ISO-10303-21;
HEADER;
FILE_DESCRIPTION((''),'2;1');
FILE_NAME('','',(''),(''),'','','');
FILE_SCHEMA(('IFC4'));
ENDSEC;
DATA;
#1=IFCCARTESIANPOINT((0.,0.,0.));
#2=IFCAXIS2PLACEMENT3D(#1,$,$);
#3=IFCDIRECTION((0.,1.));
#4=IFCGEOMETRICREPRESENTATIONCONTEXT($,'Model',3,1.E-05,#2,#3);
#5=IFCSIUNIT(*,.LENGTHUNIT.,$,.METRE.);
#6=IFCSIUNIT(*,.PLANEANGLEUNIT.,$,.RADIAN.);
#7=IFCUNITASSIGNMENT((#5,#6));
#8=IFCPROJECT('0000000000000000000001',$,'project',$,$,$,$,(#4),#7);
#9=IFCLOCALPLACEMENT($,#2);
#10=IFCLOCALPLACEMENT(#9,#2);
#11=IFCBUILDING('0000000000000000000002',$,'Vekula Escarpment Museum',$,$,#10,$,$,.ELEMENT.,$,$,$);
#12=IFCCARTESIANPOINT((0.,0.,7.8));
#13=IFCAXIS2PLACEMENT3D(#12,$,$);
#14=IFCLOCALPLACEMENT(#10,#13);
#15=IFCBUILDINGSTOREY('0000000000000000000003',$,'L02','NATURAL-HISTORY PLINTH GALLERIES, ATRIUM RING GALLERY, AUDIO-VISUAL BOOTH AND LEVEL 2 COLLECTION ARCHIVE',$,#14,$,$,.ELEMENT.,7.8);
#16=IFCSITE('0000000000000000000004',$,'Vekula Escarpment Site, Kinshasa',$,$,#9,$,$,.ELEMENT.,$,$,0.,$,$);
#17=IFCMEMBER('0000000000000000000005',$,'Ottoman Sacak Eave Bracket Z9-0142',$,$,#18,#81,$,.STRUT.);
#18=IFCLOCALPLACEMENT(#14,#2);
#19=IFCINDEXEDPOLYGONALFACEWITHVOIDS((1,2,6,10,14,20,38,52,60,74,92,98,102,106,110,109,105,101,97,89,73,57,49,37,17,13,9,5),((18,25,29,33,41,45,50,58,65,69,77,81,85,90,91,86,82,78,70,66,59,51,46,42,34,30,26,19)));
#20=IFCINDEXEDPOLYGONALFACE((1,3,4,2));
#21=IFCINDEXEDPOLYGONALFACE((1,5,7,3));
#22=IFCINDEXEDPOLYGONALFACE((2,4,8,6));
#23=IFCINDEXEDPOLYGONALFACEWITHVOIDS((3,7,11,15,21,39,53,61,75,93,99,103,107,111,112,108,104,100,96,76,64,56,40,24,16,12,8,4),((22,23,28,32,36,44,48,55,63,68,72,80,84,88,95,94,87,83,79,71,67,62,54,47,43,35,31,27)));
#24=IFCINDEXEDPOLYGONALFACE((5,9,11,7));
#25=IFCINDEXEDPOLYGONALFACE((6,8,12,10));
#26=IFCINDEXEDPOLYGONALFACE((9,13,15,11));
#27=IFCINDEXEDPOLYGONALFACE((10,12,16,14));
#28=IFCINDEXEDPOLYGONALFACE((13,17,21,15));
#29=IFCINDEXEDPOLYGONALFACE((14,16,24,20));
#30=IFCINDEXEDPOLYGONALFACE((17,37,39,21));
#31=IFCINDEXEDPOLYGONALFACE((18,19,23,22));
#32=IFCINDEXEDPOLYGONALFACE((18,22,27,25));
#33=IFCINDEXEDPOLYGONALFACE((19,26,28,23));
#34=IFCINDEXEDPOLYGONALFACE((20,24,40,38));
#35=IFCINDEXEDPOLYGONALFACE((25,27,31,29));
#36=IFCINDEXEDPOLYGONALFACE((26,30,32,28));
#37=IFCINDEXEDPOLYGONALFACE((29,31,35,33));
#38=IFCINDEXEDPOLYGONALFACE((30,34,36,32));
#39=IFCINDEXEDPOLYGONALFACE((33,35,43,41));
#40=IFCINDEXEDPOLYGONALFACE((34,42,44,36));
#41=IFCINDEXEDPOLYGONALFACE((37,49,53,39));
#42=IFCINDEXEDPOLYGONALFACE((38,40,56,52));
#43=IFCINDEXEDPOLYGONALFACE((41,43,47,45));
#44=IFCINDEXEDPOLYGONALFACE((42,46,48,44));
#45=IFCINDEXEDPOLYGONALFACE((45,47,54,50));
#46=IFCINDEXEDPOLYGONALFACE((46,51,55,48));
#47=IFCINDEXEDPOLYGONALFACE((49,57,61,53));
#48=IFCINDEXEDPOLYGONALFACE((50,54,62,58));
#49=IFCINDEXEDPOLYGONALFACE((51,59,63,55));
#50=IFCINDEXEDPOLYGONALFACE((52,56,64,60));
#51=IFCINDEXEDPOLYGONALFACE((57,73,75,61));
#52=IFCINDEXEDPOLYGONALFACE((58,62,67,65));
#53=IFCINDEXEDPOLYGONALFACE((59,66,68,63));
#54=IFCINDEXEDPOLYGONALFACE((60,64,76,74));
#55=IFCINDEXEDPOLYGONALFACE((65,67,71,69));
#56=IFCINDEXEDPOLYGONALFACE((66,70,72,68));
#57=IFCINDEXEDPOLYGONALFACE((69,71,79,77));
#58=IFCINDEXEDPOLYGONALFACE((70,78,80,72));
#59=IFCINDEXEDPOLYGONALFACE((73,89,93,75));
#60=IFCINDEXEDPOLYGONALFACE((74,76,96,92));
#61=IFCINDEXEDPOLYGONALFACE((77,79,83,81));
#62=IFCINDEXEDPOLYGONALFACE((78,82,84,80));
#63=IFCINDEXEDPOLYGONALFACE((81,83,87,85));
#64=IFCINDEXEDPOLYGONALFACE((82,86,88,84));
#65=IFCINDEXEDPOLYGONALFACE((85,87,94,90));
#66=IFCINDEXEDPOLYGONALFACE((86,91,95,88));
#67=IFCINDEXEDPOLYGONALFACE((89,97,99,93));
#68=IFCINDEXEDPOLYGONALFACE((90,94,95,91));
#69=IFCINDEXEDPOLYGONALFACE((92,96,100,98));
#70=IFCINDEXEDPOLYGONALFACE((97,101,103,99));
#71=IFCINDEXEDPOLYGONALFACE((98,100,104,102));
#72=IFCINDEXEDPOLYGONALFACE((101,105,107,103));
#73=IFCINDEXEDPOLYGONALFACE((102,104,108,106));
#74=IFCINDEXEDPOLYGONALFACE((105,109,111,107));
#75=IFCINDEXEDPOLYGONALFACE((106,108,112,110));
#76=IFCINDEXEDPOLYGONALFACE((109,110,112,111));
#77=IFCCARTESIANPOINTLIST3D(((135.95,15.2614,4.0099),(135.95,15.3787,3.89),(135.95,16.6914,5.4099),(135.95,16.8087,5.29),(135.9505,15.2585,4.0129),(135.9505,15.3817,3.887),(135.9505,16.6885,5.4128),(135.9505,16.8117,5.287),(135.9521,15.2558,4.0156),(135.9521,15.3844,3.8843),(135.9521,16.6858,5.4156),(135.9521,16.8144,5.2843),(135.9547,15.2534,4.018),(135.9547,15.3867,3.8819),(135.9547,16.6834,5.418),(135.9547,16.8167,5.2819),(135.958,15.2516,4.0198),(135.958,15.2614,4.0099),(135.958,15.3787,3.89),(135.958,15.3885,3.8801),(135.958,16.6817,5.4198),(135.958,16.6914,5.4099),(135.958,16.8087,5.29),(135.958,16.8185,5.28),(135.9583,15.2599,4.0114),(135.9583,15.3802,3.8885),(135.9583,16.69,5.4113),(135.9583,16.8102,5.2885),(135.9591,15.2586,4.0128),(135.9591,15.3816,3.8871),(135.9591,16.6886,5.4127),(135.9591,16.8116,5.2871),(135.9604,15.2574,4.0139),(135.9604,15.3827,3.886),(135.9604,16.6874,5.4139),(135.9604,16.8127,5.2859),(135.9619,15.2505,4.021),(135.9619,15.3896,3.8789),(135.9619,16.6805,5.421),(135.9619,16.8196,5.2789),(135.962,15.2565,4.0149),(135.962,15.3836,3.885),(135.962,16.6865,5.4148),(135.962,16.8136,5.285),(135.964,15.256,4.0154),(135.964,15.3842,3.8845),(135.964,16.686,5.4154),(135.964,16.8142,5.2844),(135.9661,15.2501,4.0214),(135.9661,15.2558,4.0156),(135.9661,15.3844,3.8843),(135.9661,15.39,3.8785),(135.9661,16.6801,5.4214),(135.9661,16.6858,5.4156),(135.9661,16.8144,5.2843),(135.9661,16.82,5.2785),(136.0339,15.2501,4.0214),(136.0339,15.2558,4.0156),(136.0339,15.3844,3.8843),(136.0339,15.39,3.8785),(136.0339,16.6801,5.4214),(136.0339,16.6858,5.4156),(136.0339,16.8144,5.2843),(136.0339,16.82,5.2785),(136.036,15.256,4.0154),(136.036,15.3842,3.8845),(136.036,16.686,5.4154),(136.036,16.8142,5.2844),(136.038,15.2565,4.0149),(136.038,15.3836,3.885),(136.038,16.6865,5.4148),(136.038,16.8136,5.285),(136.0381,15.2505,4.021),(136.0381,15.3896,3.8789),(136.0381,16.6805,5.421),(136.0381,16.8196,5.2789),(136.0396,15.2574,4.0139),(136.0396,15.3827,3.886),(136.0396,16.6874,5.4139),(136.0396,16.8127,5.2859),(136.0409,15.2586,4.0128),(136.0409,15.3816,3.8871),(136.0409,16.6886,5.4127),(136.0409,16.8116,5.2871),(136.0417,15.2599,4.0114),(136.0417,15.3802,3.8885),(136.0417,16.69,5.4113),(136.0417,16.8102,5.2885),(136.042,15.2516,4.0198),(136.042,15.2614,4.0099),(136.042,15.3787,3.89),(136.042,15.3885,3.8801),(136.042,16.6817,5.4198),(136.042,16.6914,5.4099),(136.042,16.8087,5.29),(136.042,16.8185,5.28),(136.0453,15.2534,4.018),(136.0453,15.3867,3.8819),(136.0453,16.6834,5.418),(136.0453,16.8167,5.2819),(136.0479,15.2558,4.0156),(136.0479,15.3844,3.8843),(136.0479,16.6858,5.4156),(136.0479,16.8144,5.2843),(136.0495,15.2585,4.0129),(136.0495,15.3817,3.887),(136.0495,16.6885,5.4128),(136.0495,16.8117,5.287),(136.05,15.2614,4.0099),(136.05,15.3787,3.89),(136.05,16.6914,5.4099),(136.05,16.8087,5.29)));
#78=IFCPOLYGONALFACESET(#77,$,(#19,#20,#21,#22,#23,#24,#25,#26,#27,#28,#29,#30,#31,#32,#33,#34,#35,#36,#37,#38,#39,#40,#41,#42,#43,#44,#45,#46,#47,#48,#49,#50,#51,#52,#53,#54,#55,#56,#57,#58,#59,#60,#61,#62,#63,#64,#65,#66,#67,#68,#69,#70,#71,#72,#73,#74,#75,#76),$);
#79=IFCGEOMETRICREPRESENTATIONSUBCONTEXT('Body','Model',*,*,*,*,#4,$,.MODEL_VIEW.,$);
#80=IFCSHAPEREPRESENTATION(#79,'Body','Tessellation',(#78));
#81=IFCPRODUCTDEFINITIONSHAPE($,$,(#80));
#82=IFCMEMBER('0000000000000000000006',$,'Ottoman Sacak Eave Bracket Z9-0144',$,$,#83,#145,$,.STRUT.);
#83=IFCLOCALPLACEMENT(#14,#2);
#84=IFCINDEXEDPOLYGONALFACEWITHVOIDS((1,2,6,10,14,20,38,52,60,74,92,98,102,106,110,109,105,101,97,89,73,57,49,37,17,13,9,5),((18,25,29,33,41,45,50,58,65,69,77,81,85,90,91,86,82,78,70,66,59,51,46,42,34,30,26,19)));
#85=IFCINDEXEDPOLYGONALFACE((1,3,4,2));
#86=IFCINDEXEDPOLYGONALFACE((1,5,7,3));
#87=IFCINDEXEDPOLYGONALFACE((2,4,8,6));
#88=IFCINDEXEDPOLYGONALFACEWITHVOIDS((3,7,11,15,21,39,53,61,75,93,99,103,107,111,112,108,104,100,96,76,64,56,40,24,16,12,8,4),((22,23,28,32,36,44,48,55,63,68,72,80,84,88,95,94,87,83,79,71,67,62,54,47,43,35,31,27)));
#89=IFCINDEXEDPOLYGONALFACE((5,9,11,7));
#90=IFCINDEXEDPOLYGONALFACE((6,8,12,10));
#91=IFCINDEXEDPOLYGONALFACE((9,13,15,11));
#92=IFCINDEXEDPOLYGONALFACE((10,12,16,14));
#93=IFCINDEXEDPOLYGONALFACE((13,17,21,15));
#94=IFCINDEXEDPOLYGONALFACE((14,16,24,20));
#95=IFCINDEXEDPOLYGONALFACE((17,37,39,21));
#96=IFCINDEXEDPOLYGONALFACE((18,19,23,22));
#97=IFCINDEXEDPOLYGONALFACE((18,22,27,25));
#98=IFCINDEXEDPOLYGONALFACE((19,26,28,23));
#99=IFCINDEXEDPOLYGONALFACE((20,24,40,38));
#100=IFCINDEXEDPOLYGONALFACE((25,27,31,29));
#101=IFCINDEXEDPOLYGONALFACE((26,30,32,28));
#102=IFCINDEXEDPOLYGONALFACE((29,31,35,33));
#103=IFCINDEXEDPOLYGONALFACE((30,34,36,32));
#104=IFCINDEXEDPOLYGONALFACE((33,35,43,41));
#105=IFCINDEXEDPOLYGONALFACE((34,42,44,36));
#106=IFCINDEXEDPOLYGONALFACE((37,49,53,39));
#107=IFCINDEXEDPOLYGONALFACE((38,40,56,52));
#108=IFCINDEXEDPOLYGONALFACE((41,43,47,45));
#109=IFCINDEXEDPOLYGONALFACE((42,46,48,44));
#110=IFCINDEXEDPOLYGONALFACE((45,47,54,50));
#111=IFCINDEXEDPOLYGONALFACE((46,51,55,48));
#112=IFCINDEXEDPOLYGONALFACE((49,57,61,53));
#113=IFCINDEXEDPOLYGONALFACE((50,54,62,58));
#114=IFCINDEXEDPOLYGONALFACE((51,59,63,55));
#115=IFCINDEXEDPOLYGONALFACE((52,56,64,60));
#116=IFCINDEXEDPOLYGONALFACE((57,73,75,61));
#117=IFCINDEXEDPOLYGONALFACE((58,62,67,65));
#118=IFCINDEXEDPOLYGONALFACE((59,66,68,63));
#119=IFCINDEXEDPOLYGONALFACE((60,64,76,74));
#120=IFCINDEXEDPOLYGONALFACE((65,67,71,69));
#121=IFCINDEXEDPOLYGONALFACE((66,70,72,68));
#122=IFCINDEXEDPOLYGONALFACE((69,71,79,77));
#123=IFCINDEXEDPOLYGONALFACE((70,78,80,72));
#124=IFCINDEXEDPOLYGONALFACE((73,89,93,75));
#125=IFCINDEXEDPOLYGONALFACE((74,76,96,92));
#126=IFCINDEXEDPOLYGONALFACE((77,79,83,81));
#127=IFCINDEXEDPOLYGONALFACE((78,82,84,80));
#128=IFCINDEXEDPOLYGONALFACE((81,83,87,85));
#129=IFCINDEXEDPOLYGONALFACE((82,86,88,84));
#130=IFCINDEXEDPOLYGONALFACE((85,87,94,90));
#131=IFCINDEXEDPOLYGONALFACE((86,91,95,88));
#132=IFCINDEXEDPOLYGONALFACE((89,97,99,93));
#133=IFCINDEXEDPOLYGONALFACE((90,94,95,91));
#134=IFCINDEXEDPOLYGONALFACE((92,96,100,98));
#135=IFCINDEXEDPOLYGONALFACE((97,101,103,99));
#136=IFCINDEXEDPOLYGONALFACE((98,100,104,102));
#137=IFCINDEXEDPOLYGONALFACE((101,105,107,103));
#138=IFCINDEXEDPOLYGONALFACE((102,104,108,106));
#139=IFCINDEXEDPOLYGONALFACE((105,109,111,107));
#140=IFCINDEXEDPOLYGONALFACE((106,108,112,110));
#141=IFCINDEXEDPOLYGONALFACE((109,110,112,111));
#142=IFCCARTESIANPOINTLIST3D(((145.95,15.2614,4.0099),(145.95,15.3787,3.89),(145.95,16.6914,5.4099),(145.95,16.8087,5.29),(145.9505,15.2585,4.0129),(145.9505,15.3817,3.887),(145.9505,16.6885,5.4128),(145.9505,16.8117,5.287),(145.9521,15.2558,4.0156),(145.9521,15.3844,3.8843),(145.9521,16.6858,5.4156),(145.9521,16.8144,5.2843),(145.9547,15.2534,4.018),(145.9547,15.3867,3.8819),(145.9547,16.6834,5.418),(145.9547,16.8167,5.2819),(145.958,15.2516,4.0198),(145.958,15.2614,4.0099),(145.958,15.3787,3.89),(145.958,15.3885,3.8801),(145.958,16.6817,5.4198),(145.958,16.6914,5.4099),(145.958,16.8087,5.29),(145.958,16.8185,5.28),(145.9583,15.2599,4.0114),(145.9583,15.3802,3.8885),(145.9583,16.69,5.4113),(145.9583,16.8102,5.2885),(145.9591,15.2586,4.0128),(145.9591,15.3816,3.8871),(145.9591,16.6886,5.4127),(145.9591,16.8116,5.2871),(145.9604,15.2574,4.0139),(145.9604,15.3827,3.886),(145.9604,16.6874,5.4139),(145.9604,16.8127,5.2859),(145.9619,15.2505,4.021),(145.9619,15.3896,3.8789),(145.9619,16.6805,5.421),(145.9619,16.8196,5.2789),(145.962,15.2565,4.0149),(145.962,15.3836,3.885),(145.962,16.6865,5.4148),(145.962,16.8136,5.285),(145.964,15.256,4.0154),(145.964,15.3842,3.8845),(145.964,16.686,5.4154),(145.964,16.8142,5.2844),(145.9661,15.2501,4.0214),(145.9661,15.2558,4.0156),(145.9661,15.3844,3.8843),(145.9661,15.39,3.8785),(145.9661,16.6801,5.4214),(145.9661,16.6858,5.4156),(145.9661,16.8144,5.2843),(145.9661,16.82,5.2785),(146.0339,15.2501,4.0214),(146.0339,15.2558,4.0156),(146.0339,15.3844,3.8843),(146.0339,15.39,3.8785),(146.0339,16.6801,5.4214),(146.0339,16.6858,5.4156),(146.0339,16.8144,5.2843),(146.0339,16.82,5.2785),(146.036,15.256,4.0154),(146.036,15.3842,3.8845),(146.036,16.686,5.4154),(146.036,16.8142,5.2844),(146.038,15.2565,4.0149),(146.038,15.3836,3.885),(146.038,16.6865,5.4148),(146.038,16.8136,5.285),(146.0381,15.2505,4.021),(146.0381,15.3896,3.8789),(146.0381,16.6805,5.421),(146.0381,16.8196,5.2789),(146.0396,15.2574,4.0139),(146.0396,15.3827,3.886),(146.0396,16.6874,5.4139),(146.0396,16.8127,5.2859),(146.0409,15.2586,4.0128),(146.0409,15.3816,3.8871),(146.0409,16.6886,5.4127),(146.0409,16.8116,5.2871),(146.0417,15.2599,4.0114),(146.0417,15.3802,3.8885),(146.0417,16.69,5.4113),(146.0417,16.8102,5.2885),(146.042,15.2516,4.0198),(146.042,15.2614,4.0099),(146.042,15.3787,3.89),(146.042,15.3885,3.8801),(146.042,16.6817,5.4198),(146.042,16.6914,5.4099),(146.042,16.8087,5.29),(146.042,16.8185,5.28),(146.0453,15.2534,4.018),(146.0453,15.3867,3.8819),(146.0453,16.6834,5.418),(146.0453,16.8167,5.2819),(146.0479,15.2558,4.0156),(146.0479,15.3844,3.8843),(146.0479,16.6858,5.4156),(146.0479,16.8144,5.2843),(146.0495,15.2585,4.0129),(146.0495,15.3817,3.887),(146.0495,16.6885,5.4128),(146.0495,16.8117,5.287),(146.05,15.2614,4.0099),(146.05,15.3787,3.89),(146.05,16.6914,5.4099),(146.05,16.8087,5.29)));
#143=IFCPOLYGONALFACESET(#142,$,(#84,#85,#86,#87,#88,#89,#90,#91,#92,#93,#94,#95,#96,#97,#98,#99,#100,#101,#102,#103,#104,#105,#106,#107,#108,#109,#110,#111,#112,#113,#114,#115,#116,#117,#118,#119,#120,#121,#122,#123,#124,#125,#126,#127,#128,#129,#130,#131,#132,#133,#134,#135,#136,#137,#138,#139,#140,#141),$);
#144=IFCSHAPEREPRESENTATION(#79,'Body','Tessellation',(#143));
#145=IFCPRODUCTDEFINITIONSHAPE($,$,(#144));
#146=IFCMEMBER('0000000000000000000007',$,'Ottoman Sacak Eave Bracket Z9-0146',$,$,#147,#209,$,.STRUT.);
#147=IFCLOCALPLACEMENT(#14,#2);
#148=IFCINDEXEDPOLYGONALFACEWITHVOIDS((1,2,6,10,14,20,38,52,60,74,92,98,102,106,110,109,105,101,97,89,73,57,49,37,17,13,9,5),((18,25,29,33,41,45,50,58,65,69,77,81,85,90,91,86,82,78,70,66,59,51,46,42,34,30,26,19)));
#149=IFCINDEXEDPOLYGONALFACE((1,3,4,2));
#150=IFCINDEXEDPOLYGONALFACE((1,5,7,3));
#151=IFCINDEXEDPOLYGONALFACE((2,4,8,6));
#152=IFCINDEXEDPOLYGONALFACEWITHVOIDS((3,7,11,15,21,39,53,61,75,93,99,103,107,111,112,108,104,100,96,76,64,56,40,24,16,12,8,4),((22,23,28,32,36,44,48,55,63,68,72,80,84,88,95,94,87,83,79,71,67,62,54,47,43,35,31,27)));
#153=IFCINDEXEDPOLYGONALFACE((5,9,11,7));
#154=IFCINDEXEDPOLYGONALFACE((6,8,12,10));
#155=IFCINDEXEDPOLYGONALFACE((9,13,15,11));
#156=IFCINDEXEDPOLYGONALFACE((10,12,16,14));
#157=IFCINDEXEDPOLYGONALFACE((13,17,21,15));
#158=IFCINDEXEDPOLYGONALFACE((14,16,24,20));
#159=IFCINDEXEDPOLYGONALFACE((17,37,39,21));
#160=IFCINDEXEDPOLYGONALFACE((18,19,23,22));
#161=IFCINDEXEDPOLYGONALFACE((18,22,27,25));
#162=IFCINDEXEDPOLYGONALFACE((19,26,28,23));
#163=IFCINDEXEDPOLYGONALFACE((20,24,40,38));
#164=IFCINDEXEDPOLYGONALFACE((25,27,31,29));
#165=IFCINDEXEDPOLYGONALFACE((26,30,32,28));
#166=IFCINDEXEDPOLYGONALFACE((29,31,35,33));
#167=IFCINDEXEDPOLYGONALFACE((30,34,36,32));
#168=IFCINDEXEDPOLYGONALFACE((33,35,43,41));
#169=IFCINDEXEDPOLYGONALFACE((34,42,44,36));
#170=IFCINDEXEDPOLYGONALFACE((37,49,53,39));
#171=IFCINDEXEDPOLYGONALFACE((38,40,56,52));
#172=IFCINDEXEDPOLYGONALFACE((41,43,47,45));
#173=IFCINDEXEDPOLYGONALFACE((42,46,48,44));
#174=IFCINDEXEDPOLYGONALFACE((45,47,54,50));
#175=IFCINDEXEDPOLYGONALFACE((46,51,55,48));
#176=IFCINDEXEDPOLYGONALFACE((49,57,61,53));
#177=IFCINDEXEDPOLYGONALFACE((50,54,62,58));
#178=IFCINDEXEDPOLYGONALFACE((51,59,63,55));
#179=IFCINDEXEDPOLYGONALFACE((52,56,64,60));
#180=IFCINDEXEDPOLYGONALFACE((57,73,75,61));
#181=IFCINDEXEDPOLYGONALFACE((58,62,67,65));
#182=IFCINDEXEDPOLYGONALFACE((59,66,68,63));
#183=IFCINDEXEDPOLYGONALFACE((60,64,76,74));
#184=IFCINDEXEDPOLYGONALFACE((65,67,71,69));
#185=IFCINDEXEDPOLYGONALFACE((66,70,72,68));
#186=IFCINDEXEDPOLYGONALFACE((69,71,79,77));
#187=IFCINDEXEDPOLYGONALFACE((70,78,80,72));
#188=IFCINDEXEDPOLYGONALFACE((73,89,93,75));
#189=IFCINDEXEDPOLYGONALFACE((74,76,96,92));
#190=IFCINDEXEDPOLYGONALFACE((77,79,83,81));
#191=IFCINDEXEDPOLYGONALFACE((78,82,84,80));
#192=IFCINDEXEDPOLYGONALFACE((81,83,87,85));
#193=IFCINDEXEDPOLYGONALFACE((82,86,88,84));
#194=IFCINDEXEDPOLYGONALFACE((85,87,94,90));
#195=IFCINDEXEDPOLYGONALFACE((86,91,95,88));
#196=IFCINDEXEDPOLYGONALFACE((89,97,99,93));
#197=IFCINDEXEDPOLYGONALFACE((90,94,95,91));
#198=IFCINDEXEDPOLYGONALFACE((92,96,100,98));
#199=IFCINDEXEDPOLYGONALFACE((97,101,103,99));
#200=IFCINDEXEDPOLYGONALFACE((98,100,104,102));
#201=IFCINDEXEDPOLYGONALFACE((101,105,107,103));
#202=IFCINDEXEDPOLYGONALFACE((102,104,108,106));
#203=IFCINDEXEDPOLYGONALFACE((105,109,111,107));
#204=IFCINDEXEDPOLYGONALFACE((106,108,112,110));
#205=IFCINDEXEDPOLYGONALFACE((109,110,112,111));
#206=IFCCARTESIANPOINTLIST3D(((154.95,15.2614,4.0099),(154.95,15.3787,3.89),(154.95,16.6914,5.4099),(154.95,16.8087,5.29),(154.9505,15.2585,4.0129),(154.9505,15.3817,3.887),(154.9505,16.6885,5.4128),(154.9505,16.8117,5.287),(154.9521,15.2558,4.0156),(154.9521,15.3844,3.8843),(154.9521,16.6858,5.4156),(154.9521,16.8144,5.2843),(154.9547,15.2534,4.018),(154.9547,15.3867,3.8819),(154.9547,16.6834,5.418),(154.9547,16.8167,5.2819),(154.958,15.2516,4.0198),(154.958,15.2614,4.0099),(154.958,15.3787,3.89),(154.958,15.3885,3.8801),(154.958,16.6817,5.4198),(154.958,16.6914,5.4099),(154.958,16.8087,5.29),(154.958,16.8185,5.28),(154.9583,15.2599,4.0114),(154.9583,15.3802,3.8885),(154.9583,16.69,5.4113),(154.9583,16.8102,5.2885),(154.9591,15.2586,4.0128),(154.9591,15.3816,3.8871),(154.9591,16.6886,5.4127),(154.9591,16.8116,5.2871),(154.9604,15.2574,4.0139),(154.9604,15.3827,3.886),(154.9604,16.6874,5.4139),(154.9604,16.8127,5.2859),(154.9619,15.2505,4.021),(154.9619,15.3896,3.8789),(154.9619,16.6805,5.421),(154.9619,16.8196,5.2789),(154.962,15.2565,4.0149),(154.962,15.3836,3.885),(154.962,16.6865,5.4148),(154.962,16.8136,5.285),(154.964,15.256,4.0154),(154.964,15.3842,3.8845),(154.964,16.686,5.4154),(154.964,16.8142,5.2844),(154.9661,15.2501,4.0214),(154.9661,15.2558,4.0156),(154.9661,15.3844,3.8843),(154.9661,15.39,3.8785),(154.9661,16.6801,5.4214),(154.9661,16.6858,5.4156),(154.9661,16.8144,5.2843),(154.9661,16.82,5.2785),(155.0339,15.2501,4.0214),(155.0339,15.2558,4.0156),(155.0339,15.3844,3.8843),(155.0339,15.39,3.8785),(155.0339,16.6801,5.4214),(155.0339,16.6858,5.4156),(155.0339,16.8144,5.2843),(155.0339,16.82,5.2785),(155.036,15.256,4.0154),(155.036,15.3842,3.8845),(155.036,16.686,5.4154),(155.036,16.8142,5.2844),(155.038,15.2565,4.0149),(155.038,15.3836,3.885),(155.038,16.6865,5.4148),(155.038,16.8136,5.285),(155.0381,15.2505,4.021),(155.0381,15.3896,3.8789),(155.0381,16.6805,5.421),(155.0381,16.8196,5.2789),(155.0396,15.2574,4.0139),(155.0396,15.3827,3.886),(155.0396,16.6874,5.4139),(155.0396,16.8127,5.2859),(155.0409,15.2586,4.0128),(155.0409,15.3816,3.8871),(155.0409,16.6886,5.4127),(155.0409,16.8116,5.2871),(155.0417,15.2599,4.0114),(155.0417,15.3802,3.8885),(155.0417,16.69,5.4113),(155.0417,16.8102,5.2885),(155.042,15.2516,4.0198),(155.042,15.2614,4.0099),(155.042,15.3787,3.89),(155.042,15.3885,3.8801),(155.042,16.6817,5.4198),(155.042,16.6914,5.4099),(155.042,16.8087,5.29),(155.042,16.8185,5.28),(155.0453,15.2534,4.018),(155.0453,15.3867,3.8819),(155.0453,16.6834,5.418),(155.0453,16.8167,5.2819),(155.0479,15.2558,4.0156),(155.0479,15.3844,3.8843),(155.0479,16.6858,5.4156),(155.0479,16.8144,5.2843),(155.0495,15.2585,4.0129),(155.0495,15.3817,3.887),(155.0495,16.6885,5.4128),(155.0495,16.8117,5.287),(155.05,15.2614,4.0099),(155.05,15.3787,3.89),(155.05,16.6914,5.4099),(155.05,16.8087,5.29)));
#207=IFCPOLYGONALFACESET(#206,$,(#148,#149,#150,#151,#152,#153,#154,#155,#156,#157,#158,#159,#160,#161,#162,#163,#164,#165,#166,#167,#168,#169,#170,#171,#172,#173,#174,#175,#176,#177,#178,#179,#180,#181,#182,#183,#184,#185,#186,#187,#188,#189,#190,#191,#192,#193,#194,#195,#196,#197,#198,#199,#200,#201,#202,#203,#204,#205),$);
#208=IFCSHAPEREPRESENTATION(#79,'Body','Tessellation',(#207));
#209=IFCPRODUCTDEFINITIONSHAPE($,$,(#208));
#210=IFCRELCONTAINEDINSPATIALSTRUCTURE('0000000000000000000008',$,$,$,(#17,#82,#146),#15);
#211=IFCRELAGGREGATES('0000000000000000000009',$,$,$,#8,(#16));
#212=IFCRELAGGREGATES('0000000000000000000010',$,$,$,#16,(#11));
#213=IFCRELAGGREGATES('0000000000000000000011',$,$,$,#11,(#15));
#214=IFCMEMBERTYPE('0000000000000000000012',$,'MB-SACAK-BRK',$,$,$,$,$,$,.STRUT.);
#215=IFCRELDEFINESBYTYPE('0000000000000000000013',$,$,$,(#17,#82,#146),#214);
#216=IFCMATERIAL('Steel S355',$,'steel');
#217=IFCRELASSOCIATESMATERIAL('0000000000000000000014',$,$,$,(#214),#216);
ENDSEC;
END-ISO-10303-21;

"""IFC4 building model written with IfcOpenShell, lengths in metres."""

from ifc_helpers import new_model, si_unit, direction, frame, origin, origin_2d, place, context, subcontext, project, spatial, hollow_rectangle, extrude, material, material_profile, profile_set, type_object, element, save


model = new_model("IFC4")

# Units and contexts
model_context = context("Model", 3, precision=1e-05, world=origin(), true_north=direction((0.0, 1.0)))
body_context = subcontext(model_context, "Body", "Model", "MODEL_VIEW")
ifc_project = project(units=[si_unit("LENGTHUNIT", "METRE"), si_unit("PLANEANGLEUNIT", "RADIAN")], contexts=[model_context])

# Site, building, storey
site_placement = place(None, origin())
site = spatial("IfcSite", under=ifc_project, at=site_placement, Name="Vekula Escarpment Site, Kinshasa", CompositionType="ELEMENT", RefElevation=0.0)
building_placement = place(site_placement, origin())
building = spatial("IfcBuilding", under=site, at=building_placement, Name="Vekula Escarpment Museum", CompositionType="ELEMENT")
storey_placement = place(building_placement, frame((0.0, 0.0, 7.8)))
storey = spatial("IfcBuildingStorey", under=building, at=storey_placement, Name="L02", Description="NATURAL-HISTORY PLINTH GALLERIES, ATRIUM RING GALLERY, AUDIO-VISUAL BOOTH AND LEVEL 2 COLLECTION ARCHIVE", CompositionType="ELEMENT", Elevation=7.8)

# Members
ifc_material_1 = material(Name="Steel S355", Category="steel")
ifc_material_profile_1 = material_profile(ifc_material_1, hollow_rectangle(XDim=0.1001, YDim=0.2, WallThickness=0.0081, InnerFilletRadius=0.0081, OuterFilletRadius=0.0161, at=origin_2d()), Name="RHS 200x100x8")
ifc_profile_set_1 = profile_set([ifc_material_profile_1], Name="Steel S355")
member_type = type_object("IfcMemberType", Name="MB-SACAK-BRK", PredefinedType="STRUT", material=ifc_profile_set_1)
for number, where, z_axis, x_axis, name in (
    (1, (136.0, 15.3201, 3.95), (0.0, 0.71457, 0.699564), (-1.0, 0.0, 0.0), "Ottoman Sacak Eave Bracket Z9-0142"),
    (2, (146.0, 15.3201, 3.95), (0.0, 0.71457, 0.699564), (-1.0, 0.0, 0.0), "Ottoman Sacak Eave Bracket Z9-0144"),
    (3, (155.0, 15.3201, 3.95), (0.0, 0.71457, 0.699564), (-1.0, 0.0, 0.0), "Ottoman Sacak Eave Bracket Z9-0146"),
):
    element("IfcMember", number, at=place(storey_placement, frame(where, z_axis=z_axis, x_axis=x_axis)), inside=storey, type_object=member_type, Name=name, PredefinedType="STRUT", context=body_context, shape_type="SweptSolid", body=[
        extrude(hollow_rectangle(XDim=0.1001, YDim=0.2, WallThickness=0.0081, InnerFilletRadius=0.0081, OuterFilletRadius=0.0161, at=origin_2d()), origin(), (0.0, 0.0, 1.0), 2.0012),
    ])

save(model, "model.ifc")
